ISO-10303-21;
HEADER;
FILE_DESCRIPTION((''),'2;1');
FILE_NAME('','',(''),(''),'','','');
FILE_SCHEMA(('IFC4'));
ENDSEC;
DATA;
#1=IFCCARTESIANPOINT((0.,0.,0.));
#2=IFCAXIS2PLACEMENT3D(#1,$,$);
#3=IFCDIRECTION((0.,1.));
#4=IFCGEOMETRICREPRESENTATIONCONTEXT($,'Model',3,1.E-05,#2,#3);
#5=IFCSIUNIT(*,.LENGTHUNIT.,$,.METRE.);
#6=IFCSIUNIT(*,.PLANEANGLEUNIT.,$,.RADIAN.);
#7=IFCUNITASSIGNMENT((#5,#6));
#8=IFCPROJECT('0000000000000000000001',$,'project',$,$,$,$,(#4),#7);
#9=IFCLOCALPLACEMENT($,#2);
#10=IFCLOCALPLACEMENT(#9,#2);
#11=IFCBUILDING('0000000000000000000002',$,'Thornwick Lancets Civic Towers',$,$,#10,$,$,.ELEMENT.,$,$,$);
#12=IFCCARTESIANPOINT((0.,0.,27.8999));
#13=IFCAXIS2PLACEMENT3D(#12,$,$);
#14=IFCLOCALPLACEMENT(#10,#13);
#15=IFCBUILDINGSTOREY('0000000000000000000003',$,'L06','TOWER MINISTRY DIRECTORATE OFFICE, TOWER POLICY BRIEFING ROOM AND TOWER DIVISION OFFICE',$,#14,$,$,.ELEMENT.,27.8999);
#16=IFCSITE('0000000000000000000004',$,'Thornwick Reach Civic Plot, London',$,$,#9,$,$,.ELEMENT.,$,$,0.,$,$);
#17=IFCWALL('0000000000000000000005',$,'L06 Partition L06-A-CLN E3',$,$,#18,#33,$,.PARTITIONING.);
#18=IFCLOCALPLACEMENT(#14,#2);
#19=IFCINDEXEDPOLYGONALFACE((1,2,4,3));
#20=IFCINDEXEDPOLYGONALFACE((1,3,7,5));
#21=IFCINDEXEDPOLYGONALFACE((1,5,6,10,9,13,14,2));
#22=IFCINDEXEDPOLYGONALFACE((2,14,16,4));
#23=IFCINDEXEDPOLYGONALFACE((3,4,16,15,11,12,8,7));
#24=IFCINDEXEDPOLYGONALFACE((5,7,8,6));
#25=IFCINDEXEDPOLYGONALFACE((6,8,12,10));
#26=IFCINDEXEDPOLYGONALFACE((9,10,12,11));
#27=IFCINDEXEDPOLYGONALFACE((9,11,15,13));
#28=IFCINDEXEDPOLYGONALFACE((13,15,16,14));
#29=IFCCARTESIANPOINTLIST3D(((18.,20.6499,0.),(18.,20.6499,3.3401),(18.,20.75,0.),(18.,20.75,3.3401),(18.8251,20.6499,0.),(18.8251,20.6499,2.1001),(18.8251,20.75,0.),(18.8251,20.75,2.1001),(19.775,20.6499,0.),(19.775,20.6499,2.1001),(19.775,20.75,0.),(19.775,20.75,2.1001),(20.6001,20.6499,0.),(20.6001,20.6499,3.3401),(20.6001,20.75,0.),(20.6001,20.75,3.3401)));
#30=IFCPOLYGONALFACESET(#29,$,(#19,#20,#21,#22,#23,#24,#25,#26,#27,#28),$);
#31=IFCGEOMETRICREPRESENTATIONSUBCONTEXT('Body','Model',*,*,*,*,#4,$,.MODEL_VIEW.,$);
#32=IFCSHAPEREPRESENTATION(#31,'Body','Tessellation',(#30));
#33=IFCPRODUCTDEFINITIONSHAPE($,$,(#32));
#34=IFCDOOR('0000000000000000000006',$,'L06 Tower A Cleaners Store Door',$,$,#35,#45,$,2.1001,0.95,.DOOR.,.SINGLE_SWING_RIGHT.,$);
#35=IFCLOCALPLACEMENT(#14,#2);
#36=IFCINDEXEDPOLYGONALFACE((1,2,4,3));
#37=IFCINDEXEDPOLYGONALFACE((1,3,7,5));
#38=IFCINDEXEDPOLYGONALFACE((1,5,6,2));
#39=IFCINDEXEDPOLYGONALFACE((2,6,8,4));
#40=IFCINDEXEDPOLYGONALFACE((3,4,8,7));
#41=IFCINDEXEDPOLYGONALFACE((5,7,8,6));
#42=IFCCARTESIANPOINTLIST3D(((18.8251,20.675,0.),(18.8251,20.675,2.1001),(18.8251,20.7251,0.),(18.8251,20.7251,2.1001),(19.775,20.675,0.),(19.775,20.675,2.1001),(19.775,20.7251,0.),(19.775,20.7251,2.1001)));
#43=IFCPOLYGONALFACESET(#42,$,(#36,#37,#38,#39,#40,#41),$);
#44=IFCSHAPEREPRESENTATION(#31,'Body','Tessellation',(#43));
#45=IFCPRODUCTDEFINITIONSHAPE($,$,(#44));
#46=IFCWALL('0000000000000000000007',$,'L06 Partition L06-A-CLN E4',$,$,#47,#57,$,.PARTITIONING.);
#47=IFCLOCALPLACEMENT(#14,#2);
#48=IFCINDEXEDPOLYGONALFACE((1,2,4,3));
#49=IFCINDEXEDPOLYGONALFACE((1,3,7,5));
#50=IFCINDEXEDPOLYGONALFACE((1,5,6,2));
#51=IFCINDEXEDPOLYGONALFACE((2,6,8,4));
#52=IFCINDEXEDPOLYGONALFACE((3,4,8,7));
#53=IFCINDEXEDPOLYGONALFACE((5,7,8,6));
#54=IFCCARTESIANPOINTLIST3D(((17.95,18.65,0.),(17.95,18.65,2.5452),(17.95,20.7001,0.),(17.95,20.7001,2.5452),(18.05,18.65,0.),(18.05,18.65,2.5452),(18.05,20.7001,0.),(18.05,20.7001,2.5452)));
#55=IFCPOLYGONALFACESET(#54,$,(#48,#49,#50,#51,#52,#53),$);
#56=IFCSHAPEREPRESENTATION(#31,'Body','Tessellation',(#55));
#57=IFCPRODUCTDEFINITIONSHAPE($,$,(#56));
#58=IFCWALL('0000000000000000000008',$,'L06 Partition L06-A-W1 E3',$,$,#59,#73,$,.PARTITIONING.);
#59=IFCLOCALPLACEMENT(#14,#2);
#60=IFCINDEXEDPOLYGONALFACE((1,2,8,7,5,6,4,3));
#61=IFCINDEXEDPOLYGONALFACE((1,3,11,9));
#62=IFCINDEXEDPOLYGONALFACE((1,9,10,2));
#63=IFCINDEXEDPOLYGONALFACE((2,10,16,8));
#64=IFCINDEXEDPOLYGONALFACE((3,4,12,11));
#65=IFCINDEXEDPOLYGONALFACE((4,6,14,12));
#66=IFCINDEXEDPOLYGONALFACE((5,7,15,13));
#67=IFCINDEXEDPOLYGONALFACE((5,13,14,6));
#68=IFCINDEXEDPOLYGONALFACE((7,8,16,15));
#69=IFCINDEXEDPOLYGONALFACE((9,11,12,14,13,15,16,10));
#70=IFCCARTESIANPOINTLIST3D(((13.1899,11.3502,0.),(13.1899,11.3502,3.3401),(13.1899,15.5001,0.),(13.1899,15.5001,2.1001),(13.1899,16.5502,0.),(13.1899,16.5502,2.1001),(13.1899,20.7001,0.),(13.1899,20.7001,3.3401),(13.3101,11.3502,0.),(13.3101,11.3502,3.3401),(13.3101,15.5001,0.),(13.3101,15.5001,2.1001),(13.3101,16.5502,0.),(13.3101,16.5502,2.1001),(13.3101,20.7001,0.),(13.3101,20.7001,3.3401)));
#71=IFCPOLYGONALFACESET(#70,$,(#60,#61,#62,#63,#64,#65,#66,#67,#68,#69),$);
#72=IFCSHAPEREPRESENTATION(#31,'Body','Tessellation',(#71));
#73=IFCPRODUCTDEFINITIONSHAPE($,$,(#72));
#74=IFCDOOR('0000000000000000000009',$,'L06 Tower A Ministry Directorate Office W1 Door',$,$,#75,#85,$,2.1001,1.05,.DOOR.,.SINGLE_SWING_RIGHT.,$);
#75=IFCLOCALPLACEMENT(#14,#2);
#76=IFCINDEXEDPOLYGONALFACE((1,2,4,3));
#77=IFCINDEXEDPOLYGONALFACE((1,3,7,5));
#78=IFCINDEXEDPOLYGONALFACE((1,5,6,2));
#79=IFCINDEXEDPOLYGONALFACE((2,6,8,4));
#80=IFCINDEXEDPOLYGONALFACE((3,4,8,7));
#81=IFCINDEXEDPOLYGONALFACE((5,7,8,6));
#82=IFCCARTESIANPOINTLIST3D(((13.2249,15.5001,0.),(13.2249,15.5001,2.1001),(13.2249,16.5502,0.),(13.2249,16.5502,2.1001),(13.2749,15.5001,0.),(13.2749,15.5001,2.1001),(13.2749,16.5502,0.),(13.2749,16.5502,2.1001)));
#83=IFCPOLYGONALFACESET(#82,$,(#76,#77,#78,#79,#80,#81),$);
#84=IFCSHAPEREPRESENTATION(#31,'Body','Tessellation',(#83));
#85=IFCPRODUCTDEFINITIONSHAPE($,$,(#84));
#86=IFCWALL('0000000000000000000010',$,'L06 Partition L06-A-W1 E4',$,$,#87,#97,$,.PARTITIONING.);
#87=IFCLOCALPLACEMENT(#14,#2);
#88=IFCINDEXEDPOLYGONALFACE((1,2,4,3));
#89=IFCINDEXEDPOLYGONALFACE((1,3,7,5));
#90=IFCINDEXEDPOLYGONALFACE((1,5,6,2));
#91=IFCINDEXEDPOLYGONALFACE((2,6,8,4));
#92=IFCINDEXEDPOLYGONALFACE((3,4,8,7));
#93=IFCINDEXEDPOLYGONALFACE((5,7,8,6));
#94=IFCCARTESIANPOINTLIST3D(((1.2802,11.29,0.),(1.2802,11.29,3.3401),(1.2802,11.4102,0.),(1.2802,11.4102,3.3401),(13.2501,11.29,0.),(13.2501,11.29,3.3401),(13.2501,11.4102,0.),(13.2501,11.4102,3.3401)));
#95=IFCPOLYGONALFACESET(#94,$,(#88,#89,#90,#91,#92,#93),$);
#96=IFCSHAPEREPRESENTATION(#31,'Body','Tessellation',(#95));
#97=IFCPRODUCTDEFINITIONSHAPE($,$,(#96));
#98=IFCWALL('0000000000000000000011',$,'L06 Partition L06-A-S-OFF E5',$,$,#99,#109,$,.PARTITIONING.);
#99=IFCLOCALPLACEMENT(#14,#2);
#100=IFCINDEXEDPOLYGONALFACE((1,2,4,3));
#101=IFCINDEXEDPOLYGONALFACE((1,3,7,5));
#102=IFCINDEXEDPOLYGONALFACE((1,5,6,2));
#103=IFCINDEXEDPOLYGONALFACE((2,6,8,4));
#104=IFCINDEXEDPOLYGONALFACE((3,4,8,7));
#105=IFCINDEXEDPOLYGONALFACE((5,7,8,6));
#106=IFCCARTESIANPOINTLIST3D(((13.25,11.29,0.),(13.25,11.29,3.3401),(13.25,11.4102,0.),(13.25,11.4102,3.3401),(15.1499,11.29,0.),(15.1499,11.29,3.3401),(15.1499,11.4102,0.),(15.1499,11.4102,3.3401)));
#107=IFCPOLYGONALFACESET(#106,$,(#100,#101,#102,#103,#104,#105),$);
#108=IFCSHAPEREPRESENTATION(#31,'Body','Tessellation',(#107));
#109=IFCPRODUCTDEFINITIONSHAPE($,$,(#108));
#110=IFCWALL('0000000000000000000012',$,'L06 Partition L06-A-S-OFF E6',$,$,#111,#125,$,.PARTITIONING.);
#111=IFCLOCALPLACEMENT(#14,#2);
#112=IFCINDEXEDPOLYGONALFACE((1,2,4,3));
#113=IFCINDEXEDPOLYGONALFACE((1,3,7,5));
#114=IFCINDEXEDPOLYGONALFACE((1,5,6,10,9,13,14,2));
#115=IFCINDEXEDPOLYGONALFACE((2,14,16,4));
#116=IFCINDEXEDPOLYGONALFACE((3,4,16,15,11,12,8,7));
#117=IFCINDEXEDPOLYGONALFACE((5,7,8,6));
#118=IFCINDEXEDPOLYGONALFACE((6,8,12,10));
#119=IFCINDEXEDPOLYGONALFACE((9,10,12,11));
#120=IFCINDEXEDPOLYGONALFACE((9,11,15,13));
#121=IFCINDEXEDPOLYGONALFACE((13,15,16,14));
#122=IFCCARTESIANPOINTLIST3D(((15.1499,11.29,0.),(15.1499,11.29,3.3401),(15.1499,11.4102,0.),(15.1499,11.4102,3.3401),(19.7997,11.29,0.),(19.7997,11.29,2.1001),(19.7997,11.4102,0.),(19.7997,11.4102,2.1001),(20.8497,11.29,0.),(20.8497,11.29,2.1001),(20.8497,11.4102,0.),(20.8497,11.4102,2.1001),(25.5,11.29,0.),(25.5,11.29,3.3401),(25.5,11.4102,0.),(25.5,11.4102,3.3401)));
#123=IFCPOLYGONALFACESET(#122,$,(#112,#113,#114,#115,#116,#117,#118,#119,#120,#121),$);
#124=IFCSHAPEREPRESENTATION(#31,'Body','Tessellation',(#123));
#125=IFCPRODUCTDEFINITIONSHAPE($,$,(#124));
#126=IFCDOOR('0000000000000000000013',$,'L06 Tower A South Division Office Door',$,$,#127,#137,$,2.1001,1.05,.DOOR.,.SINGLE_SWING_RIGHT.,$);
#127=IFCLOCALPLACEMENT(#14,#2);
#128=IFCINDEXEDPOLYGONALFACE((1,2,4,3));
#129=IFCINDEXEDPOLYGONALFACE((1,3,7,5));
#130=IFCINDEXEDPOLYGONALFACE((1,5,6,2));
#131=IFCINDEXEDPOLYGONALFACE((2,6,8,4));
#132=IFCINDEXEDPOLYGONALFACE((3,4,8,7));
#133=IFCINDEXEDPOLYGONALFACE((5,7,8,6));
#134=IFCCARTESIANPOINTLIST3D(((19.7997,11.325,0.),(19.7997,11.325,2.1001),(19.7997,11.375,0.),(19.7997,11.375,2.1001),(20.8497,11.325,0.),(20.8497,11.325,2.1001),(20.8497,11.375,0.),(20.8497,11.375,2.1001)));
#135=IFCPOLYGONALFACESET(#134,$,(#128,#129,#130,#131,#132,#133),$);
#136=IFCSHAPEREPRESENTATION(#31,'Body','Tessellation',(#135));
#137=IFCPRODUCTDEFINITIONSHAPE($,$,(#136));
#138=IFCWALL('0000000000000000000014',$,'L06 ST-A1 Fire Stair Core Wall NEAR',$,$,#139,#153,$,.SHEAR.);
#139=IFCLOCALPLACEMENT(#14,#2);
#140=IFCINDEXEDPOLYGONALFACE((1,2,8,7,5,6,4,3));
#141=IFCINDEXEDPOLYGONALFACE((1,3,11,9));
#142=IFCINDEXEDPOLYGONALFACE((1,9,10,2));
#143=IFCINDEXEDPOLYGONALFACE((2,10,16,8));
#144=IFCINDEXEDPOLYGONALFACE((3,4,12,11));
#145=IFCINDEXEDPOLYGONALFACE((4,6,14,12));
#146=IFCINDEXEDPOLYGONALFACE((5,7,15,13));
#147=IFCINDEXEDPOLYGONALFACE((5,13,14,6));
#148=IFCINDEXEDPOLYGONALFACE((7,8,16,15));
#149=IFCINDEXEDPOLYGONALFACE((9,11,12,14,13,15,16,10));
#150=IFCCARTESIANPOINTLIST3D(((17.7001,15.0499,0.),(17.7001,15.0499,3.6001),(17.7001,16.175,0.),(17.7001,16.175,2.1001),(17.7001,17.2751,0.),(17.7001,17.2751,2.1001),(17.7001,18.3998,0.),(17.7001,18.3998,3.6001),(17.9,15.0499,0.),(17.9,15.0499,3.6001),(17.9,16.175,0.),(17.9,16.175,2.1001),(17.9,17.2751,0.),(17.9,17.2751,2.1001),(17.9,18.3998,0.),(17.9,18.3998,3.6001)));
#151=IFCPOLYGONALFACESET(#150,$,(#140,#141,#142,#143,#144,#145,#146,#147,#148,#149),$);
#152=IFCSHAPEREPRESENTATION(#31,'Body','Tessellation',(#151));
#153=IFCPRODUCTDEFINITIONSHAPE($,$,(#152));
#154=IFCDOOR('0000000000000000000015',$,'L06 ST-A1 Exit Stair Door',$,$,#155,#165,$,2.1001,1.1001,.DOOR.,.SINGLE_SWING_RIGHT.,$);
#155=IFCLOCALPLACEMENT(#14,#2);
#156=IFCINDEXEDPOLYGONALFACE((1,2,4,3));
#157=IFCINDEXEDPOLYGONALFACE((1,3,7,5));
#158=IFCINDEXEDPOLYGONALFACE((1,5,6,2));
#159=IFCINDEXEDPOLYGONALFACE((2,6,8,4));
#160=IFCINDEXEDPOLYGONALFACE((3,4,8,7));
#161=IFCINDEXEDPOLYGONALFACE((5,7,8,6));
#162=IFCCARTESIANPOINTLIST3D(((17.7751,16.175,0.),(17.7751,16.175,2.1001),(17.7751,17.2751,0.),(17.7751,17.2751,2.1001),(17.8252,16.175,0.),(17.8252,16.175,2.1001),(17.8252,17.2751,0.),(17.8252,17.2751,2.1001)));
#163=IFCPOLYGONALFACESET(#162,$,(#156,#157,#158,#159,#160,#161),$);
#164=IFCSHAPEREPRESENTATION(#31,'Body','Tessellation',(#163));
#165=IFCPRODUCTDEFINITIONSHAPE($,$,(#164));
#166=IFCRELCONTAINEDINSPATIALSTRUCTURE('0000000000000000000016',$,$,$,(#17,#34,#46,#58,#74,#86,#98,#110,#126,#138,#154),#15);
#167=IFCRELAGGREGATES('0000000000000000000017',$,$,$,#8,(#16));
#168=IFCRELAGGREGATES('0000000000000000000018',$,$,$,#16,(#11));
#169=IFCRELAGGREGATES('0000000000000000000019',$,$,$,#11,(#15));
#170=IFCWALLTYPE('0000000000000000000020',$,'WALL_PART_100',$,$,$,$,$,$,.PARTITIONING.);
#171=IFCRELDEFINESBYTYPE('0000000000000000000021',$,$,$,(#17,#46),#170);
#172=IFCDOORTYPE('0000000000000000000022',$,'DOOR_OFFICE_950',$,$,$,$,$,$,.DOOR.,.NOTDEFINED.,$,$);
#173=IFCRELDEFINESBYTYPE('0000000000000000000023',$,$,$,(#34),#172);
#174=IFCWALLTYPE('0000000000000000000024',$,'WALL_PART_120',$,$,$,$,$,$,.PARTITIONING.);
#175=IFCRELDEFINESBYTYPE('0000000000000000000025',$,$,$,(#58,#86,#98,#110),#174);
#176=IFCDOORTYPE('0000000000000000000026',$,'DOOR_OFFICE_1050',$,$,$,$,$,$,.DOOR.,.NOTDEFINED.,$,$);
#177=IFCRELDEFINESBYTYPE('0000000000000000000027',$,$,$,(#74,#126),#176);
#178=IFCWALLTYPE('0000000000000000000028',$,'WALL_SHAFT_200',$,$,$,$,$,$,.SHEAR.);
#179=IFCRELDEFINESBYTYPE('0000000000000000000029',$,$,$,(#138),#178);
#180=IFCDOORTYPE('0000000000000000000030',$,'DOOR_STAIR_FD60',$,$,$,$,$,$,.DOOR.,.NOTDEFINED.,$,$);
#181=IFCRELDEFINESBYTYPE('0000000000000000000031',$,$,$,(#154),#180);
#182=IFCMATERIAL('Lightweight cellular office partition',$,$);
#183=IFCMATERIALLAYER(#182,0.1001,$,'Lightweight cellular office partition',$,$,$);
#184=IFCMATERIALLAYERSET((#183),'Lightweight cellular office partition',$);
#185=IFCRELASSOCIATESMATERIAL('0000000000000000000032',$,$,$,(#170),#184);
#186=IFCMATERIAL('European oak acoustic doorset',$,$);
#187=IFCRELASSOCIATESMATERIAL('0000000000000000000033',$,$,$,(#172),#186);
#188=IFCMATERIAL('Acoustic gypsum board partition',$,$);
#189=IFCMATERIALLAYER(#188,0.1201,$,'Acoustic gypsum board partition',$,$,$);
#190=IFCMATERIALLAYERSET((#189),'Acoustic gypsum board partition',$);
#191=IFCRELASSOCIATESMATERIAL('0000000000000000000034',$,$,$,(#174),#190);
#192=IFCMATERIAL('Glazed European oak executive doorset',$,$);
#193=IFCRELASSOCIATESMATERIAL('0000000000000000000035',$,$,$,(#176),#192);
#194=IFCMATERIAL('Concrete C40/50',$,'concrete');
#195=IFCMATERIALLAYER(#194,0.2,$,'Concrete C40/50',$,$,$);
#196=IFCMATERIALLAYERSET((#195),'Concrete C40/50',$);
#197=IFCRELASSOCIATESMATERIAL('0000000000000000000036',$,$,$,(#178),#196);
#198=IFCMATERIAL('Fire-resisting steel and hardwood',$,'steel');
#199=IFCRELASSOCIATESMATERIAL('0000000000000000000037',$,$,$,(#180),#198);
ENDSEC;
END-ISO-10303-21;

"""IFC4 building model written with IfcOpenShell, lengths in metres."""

from ifc_helpers import new_model, si_unit, direction, frame, frame_2d, origin, place, context, subcontext, project, spatial, rectangle, extrude, material, layer, layer_set, type_object, element, fill, save


model = new_model("IFC4")

# Units and contexts
model_context = context("Model", 3, precision=1e-05, world=origin(), true_north=direction((0.0, 1.0)))
body_context = subcontext(model_context, "Body", "Model", "MODEL_VIEW")
ifc_project = project(units=[si_unit("LENGTHUNIT", "METRE"), si_unit("PLANEANGLEUNIT", "RADIAN")], contexts=[model_context])

# Site, building, storey
site_placement = place(None, origin())
site = spatial("IfcSite", under=ifc_project, at=site_placement, Name="Thornwick Reach Civic Plot, London", CompositionType="ELEMENT", RefElevation=0.0)
building_placement = place(site_placement, origin())
building = spatial("IfcBuilding", under=site, at=building_placement, Name="Thornwick Lancets Civic Towers", CompositionType="ELEMENT")
storey_placement = place(building_placement, frame((0.0, 0.0, 27.8999)))
storey = spatial("IfcBuildingStorey", under=building, at=storey_placement, Name="L06", Description="TOWER MINISTRY DIRECTORATE OFFICE, TOWER POLICY BRIEFING ROOM AND TOWER DIVISION OFFICE", CompositionType="ELEMENT", Elevation=27.8999)

# Shared definitions
ifc_material_1 = material(Name="Lightweight cellular office partition")
ifc_layer_1 = layer(ifc_material_1, 0.1001, Name="Lightweight cellular office partition")
ifc_layer_set_1 = layer_set([ifc_layer_1], Name="Lightweight cellular office partition")
wall_type_1 = type_object("IfcWallType", Name="WALL_PART_100", PredefinedType="PARTITIONING", material=ifc_layer_set_1)

# Wall, opening, door
wall_1_placement = place(storey_placement, frame((20.6001, 20.7, 0.0), z_axis=(0.0, 0.0, 1.0), x_axis=(-1.0, 0.0, 0.0)))
wall_1 = element("IfcWall", 1, at=wall_1_placement, inside=storey, type_object=wall_type_1, Name="L06 Partition L06-A-CLN E3", PredefinedType="PARTITIONING", context=body_context, shape_type="SweptSolid", body=[
    extrude(rectangle(XDim=2.6001, YDim=0.1001, at=frame_2d((1.3, 0.0))), origin(), (0.0, 0.0, 1.0), 3.3401),
])
opening_1_placement = place(wall_1_placement, frame((0.825, 0.0, 0.0)))
opening_1 = element("IfcOpeningElement", 2, at=opening_1_placement, cuts=wall_1, PredefinedType="OPENING", context=body_context, shape_type="SweptSolid", body=[
    extrude(rectangle(XDim=0.95, YDim=2.1001, at=frame_2d((0.4751, 1.05))), frame((0.0, 0.0601, 0.0), z_axis=(0.0, -1.0, 0.0), x_axis=(1.0, 0.0, 0.0)), (0.0, 0.0, 1.0), 0.1201),
])
ifc_material_2 = material(Name="European oak acoustic doorset")
door_type_1 = type_object("IfcDoorType", Name="DOOR_OFFICE_950", OperationType="NOTDEFINED", PredefinedType="DOOR", material=ifc_material_2)
door_1_placement = place(opening_1_placement, origin())
door_1 = element("IfcDoor", 3, at=door_1_placement, inside=storey, type_object=door_type_1, Name="L06 Tower A Cleaners Store Door", OperationType="SINGLE_SWING_RIGHT", OverallHeight=2.1001, OverallWidth=0.95, PredefinedType="DOOR", context=body_context, shape_type="SweptSolid", body=[
    extrude(rectangle(XDim=0.95, YDim=2.1001, at=frame_2d((0.4751, 1.05))), frame((0.0, 0.0249, 0.0), z_axis=(0.0, -1.0, 0.0), x_axis=(1.0, 0.0, 0.0)), (0.0, 0.0, 1.0), 0.05),
])
fill(opening_1, door_1)

# Wall
wall_2_placement = place(storey_placement, frame((18.0, 20.7, 0.0), z_axis=(0.0, 0.0, 1.0), x_axis=(0.0, -1.0, 0.0)))
element("IfcWall", 4, at=wall_2_placement, inside=storey, type_object=wall_type_1, Name="L06 Partition L06-A-CLN E4", PredefinedType="PARTITIONING", context=body_context, shape_type="SweptSolid", body=[
    extrude(rectangle(XDim=2.05, YDim=0.1001, at=frame_2d((1.0249, 0.0))), origin(), (0.0, 0.0, 1.0), 2.5452),
])

# Wall, opening, door
ifc_material_3 = material(Name="Acoustic gypsum board partition")
ifc_layer_2 = layer(ifc_material_3, 0.1201, Name="Acoustic gypsum board partition")
ifc_layer_set_2 = layer_set([ifc_layer_2], Name="Acoustic gypsum board partition")
wall_type_2 = type_object("IfcWallType", Name="WALL_PART_120", PredefinedType="PARTITIONING", material=ifc_layer_set_2)
wall_3_placement = place(storey_placement, frame((13.25, 20.7, 0.0), z_axis=(0.0, 0.0, 1.0), x_axis=(0.0, -1.0, 0.0)))
wall_3 = element("IfcWall", 5, at=wall_3_placement, inside=storey, type_object=wall_type_2, Name="L06 Partition L06-A-W1 E3", PredefinedType="PARTITIONING", context=body_context, shape_type="SweptSolid", body=[
    extrude(rectangle(XDim=9.3499, YDim=0.1201, at=frame_2d((4.6748, 0.0))), origin(), (0.0, 0.0, 1.0), 3.3401),
])
opening_2_placement = place(wall_3_placement, frame((4.1499, 0.0, 0.0)))
opening_2 = element("IfcOpeningElement", 6, at=opening_2_placement, cuts=wall_3, PredefinedType="OPENING", context=body_context, shape_type="SweptSolid", body=[
    extrude(rectangle(XDim=1.05, YDim=2.1001, at=frame_2d((0.5249, 1.05))), frame((0.0, 0.0701, 0.0), z_axis=(0.0, -1.0, 0.0), x_axis=(1.0, 0.0, 0.0)), (0.0, 0.0, 1.0), 0.1401),
])
ifc_material_4 = material(Name="Glazed European oak executive doorset")
door_type_2 = type_object("IfcDoorType", Name="DOOR_OFFICE_1050", OperationType="NOTDEFINED", PredefinedType="DOOR", material=ifc_material_4)
door_2_placement = place(opening_2_placement, origin())
door_2 = element("IfcDoor", 7, at=door_2_placement, inside=storey, type_object=door_type_2, Name="L06 Tower A Ministry Directorate Office W1 Door", OperationType="SINGLE_SWING_RIGHT", OverallHeight=2.1001, OverallWidth=1.05, PredefinedType="DOOR", context=body_context, shape_type="SweptSolid", body=[
    extrude(rectangle(XDim=1.05, YDim=2.1001, at=frame_2d((0.5249, 1.05))), frame((0.0, 0.0249, 0.0), z_axis=(0.0, -1.0, 0.0), x_axis=(1.0, 0.0, 0.0)), (0.0, 0.0, 1.0), 0.05),
])
fill(opening_2, door_2)

# Walls
wall_4_placement = place(storey_placement, frame((13.25, 11.3501, 0.0), z_axis=(0.0, 0.0, 1.0), x_axis=(-1.0, 0.0, 0.0)))
element("IfcWall", 8, at=wall_4_placement, inside=storey, type_object=wall_type_2, Name="L06 Partition L06-A-W1 E4", PredefinedType="PARTITIONING", context=body_context, shape_type="SweptSolid", body=[
    extrude(rectangle(XDim=11.97, YDim=0.1201, at=frame_2d((5.9849, 0.0))), origin(), (0.0, 0.0, 1.0), 3.3401),
])
wall_5_placement = place(storey_placement, frame((13.25, 11.3501, 0.0), z_axis=(0.0, 0.0, 1.0), x_axis=(1.0, 0.0, 0.0)))
element("IfcWall", 9, at=wall_5_placement, inside=storey, type_object=wall_type_2, Name="L06 Partition L06-A-S-OFF E5", PredefinedType="PARTITIONING", context=body_context, shape_type="SweptSolid", body=[
    extrude(rectangle(XDim=1.8999, YDim=0.1201, at=frame_2d((0.95, 0.0))), origin(), (0.0, 0.0, 1.0), 3.3401),
])

# Walls, openings, doors
wall_6_placement = place(storey_placement, frame((15.1499, 11.3501, 0.0), z_axis=(0.0, 0.0, 1.0), x_axis=(1.0, 0.0, 0.0)))
wall_6 = element("IfcWall", 10, at=wall_6_placement, inside=storey, type_object=wall_type_2, Name="L06 Partition L06-A-S-OFF E6", PredefinedType="PARTITIONING", context=body_context, shape_type="SweptSolid", body=[
    extrude(rectangle(XDim=10.3501, YDim=0.1201, at=frame_2d((5.175, 0.0))), origin(), (0.0, 0.0, 1.0), 3.3401),
])
opening_3_placement = place(wall_6_placement, frame((4.6499, 0.0, 0.0)))
opening_3 = element("IfcOpeningElement", 11, at=opening_3_placement, cuts=wall_6, PredefinedType="OPENING", context=body_context, shape_type="SweptSolid", body=[
    extrude(rectangle(XDim=1.05, YDim=2.1001, at=frame_2d((0.5249, 1.05))), frame((0.0, 0.0701, 0.0), z_axis=(0.0, -1.0, 0.0), x_axis=(1.0, 0.0, 0.0)), (0.0, 0.0, 1.0), 0.1401),
])
door_3_placement = place(opening_3_placement, origin())
door_3 = element("IfcDoor", 12, at=door_3_placement, inside=storey, type_object=door_type_2, Name="L06 Tower A South Division Office Door", OperationType="SINGLE_SWING_RIGHT", OverallHeight=2.1001, OverallWidth=1.05, PredefinedType="DOOR", context=body_context, shape_type="SweptSolid", body=[
    extrude(rectangle(XDim=1.05, YDim=2.1001, at=frame_2d((0.5249, 1.05))), frame((0.0, 0.0249, 0.0), z_axis=(0.0, -1.0, 0.0), x_axis=(1.0, 0.0, 0.0)), (0.0, 0.0, 1.0), 0.05),
])
fill(opening_3, door_3)
ifc_material_5 = material(Name="Concrete C40/50", Category="concrete")
ifc_layer_3 = layer(ifc_material_5, 0.2, Name="Concrete C40/50")
ifc_layer_set_3 = layer_set([ifc_layer_3], Name="Concrete C40/50")
wall_type_3 = type_object("IfcWallType", Name="WALL_SHAFT_200", PredefinedType="SHEAR", material=ifc_layer_set_3)
wall_7_placement = place(storey_placement, frame((17.8, 15.05, 0.0), z_axis=(0.0, 0.0, 1.0), x_axis=(0.0, 1.0, 0.0)))
wall_7 = element("IfcWall", 13, at=wall_7_placement, inside=storey, type_object=wall_type_3, Name="L06 ST-A1 Fire Stair Core Wall NEAR", PredefinedType="SHEAR", context=body_context, shape_type="SweptSolid", body=[
    extrude(rectangle(XDim=3.3499, YDim=0.2, at=frame_2d((1.6748, 0.0))), origin(), (0.0, 0.0, 1.0), 3.6001),
])
opening_4_placement = place(wall_7_placement, frame((1.125, 0.0, 0.0)))
opening_4 = element("IfcOpeningElement", 14, at=opening_4_placement, cuts=wall_7, PredefinedType="OPENING", context=body_context, shape_type="SweptSolid", body=[
    extrude(rectangle(XDim=1.1001, YDim=2.1001, at=frame_2d((0.55, 1.05))), frame((0.0, 0.1099, 0.0), z_axis=(0.0, -1.0, 0.0), x_axis=(1.0, 0.0, 0.0)), (0.0, 0.0, 1.0), 0.22),
])
ifc_material_6 = material(Name="Fire-resisting steel and hardwood", Category="steel")
door_type_3 = type_object("IfcDoorType", Name="DOOR_STAIR_FD60", OperationType="NOTDEFINED", PredefinedType="DOOR", material=ifc_material_6)
door_4_placement = place(opening_4_placement, origin())
door_4 = element("IfcDoor", 15, at=door_4_placement, inside=storey, type_object=door_type_3, Name="L06 ST-A1 Exit Stair Door", OperationType="SINGLE_SWING_RIGHT", OverallHeight=2.1001, OverallWidth=1.1001, PredefinedType="DOOR", context=body_context, shape_type="SweptSolid", body=[
    extrude(rectangle(XDim=1.1001, YDim=2.1001, at=frame_2d((0.55, 1.05))), frame((0.0, 0.0249, 0.0), z_axis=(0.0, -1.0, 0.0), x_axis=(1.0, 0.0, 0.0)), (0.0, 0.0, 1.0), 0.05),
])
fill(opening_4, door_4)

save(model, "model.ifc")
